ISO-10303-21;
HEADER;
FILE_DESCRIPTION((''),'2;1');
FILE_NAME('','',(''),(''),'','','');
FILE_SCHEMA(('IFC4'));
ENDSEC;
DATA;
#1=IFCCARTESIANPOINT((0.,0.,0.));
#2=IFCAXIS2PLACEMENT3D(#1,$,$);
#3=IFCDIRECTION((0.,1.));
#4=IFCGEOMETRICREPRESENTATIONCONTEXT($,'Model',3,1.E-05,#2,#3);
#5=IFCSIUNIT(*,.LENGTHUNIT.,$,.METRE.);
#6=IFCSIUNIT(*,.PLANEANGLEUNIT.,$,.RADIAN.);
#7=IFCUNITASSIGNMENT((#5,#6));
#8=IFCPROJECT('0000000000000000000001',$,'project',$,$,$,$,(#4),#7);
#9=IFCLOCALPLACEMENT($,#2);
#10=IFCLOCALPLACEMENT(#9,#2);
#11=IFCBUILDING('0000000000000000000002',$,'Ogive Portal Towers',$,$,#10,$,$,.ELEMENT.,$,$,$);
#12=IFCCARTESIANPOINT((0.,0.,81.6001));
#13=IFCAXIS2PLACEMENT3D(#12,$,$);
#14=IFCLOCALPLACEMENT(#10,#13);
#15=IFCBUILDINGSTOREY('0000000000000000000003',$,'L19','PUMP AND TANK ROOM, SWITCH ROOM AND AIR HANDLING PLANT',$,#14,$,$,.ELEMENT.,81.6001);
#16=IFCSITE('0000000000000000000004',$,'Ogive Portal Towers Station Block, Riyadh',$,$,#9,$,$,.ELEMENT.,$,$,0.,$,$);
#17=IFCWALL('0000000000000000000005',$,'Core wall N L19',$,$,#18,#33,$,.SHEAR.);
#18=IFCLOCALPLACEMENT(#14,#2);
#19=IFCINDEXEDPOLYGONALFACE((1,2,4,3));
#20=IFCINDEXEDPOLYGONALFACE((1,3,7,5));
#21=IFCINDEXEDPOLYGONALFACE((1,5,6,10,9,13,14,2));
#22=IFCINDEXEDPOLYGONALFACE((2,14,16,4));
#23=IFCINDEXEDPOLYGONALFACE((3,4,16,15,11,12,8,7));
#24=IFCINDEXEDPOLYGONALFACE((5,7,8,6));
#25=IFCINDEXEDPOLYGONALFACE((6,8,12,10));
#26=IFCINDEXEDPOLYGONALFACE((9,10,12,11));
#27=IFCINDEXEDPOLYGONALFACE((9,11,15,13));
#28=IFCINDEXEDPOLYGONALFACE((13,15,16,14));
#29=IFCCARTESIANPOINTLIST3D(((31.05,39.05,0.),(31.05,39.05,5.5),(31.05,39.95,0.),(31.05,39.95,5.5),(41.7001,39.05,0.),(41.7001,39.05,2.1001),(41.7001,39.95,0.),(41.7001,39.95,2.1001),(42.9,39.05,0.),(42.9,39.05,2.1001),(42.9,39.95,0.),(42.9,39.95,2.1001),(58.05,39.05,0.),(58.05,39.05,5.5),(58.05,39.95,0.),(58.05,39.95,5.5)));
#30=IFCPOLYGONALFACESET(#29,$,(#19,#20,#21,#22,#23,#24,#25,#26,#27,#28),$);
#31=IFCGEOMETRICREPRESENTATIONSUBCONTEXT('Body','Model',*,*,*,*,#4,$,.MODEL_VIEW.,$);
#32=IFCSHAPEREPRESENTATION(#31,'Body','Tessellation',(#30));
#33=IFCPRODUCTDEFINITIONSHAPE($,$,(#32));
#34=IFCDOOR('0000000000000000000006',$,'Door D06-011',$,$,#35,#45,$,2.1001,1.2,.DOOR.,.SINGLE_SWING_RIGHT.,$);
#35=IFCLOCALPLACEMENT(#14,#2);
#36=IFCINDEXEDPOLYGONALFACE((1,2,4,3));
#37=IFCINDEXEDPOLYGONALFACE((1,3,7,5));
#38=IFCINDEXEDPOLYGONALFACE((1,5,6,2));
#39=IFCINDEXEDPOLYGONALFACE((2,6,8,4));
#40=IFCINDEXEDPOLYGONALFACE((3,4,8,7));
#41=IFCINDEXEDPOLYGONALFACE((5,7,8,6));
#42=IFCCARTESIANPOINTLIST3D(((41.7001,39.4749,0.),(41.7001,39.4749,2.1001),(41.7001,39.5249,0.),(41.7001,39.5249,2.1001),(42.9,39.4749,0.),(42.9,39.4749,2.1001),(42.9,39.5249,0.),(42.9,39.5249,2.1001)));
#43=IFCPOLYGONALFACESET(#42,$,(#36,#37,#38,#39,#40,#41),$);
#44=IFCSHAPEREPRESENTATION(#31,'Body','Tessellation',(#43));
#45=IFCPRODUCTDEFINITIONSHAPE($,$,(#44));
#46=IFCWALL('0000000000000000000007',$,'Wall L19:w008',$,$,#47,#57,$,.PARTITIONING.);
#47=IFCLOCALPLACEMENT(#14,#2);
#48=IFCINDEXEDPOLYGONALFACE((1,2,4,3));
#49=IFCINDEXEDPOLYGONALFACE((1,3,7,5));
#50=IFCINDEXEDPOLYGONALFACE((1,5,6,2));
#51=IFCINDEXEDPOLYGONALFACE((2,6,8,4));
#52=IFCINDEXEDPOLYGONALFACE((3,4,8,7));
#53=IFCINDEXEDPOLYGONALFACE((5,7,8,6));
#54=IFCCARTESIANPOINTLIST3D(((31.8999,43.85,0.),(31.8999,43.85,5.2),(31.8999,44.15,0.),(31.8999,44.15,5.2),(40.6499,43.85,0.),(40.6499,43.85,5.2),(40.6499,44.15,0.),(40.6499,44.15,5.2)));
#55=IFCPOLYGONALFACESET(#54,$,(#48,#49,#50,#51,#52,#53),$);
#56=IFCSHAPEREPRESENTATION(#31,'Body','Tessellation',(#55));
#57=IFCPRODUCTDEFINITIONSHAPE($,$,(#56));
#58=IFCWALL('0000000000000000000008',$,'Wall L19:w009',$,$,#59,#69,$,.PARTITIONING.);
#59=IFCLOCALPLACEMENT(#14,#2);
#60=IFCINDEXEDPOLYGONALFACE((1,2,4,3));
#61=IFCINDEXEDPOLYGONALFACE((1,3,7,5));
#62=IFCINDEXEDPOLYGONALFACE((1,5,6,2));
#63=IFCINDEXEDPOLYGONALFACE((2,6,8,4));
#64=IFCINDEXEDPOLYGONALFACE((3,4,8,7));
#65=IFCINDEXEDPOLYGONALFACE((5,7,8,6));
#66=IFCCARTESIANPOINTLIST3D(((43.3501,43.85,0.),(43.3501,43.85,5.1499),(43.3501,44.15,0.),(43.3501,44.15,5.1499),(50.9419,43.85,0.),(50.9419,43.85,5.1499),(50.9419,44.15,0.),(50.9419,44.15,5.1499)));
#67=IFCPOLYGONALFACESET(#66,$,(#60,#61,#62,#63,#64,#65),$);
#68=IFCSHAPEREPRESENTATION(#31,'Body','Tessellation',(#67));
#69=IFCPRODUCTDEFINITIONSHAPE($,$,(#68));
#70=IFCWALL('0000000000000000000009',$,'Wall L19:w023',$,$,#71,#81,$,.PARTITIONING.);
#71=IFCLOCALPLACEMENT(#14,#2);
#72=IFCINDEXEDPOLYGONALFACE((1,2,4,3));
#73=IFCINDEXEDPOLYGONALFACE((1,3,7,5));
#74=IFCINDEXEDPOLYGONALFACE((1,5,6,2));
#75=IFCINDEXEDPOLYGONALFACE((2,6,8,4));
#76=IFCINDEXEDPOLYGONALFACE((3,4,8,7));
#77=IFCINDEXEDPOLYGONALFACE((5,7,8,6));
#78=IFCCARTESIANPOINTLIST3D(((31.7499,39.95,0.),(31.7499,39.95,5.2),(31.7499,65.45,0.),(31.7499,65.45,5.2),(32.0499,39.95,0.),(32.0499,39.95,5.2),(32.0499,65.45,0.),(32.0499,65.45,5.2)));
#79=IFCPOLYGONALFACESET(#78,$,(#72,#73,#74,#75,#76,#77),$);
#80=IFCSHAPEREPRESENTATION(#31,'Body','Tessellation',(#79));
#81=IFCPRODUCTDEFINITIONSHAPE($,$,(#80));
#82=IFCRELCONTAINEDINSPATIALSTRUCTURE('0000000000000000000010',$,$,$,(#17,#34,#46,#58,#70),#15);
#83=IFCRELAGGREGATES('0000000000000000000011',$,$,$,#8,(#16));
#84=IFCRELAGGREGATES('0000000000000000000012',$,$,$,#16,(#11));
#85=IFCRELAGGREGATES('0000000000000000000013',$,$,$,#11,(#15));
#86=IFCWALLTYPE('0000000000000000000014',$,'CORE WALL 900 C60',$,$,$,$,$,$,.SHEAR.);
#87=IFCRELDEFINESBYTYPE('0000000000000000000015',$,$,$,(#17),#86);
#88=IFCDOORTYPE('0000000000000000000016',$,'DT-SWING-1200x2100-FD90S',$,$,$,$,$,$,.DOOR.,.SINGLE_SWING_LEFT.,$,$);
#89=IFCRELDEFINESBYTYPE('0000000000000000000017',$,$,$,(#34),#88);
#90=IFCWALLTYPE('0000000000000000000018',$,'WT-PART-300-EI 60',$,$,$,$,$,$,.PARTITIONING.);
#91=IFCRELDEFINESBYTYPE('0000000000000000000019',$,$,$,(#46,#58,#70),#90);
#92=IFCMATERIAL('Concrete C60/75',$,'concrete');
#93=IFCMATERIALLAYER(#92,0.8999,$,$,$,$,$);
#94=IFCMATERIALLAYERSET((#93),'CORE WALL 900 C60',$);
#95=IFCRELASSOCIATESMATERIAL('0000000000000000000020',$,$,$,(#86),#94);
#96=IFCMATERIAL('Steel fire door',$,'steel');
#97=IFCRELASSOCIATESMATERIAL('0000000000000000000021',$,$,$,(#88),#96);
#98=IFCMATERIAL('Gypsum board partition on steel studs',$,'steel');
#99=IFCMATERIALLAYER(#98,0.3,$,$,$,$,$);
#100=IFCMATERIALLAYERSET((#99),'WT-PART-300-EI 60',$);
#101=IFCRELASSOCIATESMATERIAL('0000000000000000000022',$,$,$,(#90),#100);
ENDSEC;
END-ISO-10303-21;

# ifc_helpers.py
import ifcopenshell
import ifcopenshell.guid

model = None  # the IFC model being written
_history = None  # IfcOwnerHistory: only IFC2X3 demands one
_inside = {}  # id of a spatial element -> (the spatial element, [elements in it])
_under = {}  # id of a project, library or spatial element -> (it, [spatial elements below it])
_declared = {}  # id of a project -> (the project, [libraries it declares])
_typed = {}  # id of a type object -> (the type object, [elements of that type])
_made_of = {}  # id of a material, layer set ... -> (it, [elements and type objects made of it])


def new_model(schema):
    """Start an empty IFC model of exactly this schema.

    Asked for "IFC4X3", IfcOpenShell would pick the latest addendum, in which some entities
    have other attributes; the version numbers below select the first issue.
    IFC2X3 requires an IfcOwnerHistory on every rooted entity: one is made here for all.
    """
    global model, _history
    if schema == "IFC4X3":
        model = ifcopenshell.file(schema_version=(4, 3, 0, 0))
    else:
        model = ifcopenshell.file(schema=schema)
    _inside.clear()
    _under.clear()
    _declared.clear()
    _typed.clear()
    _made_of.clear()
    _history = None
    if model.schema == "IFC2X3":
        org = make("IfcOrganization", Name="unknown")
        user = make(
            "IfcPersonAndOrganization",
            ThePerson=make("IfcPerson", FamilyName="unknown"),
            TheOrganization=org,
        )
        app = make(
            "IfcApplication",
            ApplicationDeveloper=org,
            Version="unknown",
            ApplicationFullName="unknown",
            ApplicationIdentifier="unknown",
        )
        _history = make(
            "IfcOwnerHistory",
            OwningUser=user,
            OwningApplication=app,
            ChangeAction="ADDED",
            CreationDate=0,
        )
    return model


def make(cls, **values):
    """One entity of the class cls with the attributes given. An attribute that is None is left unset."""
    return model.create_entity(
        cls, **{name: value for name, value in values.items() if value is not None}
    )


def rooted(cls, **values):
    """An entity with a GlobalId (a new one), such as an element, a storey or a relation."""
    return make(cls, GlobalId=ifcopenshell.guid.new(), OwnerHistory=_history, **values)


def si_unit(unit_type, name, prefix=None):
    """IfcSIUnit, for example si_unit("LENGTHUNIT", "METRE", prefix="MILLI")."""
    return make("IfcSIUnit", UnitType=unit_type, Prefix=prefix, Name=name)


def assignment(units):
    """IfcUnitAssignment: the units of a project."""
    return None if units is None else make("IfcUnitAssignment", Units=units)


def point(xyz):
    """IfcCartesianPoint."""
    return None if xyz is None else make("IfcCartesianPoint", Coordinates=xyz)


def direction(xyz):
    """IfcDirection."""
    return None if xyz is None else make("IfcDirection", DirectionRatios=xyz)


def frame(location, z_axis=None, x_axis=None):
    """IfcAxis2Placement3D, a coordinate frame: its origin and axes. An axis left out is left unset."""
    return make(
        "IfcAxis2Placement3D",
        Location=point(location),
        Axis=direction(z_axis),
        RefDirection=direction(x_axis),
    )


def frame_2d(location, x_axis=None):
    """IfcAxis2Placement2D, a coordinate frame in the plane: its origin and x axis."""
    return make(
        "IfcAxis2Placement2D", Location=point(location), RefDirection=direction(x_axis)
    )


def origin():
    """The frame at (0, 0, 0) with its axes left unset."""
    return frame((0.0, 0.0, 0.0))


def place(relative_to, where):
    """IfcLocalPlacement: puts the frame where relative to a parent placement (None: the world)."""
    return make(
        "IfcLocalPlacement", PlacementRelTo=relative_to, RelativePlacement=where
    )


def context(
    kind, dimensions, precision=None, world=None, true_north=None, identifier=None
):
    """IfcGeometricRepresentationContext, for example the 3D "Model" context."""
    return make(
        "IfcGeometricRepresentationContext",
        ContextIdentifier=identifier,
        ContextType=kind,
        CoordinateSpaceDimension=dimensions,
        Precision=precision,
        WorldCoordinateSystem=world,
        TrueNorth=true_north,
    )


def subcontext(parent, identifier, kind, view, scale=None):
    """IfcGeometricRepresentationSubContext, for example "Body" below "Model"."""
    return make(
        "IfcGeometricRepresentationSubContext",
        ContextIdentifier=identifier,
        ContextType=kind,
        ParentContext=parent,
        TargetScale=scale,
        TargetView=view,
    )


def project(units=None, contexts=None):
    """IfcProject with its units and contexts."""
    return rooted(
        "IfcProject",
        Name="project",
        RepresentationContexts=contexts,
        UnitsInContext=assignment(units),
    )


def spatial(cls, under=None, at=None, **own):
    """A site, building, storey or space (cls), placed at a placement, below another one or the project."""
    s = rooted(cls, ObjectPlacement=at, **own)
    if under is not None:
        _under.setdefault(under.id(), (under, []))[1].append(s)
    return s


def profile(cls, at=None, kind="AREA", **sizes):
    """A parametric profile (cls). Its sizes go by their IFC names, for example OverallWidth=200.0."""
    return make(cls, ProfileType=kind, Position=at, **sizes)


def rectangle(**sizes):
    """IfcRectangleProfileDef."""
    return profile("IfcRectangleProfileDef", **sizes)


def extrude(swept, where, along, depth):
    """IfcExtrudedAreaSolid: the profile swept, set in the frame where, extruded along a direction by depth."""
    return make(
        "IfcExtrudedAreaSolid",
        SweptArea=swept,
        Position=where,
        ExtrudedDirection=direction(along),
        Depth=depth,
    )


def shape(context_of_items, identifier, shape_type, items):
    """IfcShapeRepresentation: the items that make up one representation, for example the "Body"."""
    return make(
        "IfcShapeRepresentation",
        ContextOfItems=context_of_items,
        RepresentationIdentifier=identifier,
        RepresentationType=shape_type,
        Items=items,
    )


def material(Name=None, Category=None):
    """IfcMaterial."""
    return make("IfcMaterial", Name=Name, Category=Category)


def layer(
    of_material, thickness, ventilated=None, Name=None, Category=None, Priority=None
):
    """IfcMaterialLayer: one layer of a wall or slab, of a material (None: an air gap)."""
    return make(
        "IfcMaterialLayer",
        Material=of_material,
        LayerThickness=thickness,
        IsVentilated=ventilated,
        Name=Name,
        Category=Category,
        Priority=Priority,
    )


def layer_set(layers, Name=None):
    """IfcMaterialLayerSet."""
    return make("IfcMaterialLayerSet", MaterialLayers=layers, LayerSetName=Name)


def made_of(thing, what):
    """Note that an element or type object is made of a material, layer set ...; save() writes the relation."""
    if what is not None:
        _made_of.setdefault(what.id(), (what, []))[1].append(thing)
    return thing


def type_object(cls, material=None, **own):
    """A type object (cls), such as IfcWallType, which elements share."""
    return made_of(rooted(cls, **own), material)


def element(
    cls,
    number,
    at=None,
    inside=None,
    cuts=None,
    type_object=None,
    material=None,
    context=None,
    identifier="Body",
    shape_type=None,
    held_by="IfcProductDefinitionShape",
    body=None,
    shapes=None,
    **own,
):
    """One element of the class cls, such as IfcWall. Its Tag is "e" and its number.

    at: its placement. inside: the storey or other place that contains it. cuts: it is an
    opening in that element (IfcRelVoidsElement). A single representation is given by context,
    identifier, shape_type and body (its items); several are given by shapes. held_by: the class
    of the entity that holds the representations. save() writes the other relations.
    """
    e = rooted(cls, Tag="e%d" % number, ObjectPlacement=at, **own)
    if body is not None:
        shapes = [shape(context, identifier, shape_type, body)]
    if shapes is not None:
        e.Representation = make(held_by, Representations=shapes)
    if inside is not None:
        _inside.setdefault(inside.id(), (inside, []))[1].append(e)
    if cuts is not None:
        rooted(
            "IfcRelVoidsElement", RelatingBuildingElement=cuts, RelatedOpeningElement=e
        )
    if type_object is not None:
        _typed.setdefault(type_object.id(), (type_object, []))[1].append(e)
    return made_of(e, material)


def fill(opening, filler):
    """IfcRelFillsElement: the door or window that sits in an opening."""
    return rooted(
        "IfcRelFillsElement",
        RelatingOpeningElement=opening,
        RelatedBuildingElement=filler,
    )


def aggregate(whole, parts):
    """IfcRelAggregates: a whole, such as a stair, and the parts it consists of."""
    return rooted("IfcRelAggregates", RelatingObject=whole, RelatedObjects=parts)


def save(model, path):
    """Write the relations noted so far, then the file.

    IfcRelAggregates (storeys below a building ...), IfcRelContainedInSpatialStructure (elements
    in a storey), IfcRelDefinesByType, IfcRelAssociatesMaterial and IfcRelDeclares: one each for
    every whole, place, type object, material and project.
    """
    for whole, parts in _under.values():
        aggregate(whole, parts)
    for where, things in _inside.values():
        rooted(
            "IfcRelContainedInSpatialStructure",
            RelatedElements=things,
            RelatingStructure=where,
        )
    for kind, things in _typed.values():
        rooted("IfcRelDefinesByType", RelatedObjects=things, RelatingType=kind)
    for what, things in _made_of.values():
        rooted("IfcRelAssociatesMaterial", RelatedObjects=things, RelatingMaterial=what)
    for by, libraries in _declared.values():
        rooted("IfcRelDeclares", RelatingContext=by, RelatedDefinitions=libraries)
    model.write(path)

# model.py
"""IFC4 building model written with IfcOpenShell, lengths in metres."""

from ifc_helpers import new_model, si_unit, direction, frame, frame_2d, origin, place, context, subcontext, project, spatial, rectangle, extrude, material, layer, layer_set, type_object, element, fill, save


model = new_model("IFC4")

# Units and contexts
model_context = context("Model", 3, precision=1e-05, world=origin(), true_north=direction((0.0, 1.0)))
body_context = subcontext(model_context, "Body", "Model", "MODEL_VIEW")
ifc_project = project(units=[si_unit("LENGTHUNIT", "METRE"), si_unit("PLANEANGLEUNIT", "RADIAN")], contexts=[model_context])

# Site, building, storey
site_placement = place(None, origin())
site = spatial("IfcSite", under=ifc_project, at=site_placement, Name="Ogive Portal Towers Station Block, Riyadh", CompositionType="ELEMENT", RefElevation=0.0)
building_placement = place(site_placement, origin())
building = spatial("IfcBuilding", under=site, at=building_placement, Name="Ogive Portal Towers", CompositionType="ELEMENT")
storey_placement = place(building_placement, frame((0.0, 0.0, 81.6001)))
storey = spatial("IfcBuildingStorey", under=building, at=storey_placement, Name="L19", Description="PUMP AND TANK ROOM, SWITCH ROOM AND AIR HANDLING PLANT", CompositionType="ELEMENT", Elevation=81.6001)

# Wall, opening, door
ifc_material_1 = material(Name="Concrete C60/75", Category="concrete")
ifc_layer_1 = layer(ifc_material_1, 0.8999)
ifc_layer_set_1 = layer_set([ifc_layer_1], Name="CORE WALL 900 C60")
wall_type_1 = type_object("IfcWallType", Name="CORE WALL 900 C60", PredefinedType="SHEAR", material=ifc_layer_set_1)
wall_1_placement = place(storey_placement, frame((31.05, 39.5, 0.0), z_axis=(0.0, 0.0, 1.0), x_axis=(1.0, 0.0, 0.0)))
wall_1 = element("IfcWall", 1, at=wall_1_placement, inside=storey, type_object=wall_type_1, Name="Core wall N L19", PredefinedType="SHEAR", context=body_context, shape_type="SweptSolid", body=[
    extrude(rectangle(XDim=27.0, YDim=0.8999, at=frame_2d((13.5, 0.0))), origin(), (0.0, 0.0, 1.0), 5.5),
])
opening_1_placement = place(wall_1_placement, frame((10.6499, 0.0, 0.0)))
opening_1 = element("IfcOpeningElement", 2, at=opening_1_placement, cuts=wall_1, PredefinedType="OPENING", context=body_context, shape_type="SweptSolid", body=[
    extrude(rectangle(XDim=1.2, YDim=2.1001, at=frame_2d((0.6001, 1.05))), frame((0.0, 0.46, 0.0), z_axis=(0.0, -1.0, 0.0), x_axis=(1.0, 0.0, 0.0)), (0.0, 0.0, 1.0), 0.9199),
])
ifc_material_2 = material(Name="Steel fire door", Category="steel")
door_type_1 = type_object("IfcDoorType", Name="DT-SWING-1200x2100-FD90S", OperationType="SINGLE_SWING_LEFT", PredefinedType="DOOR", material=ifc_material_2)
door_1_placement = place(opening_1_placement, origin())
door_1 = element("IfcDoor", 3, at=door_1_placement, inside=storey, type_object=door_type_1, Name="Door D06-011", OperationType="SINGLE_SWING_RIGHT", OverallHeight=2.1001, OverallWidth=1.2, PredefinedType="DOOR", context=body_context, shape_type="SweptSolid", body=[
    extrude(rectangle(XDim=1.2, YDim=2.1001, at=frame_2d((0.6001, 1.05))), frame((0.0, 0.0249, 0.0), z_axis=(0.0, -1.0, 0.0), x_axis=(1.0, 0.0, 0.0)), (0.0, 0.0, 1.0), 0.05),
])
fill(opening_1, door_1)

# Walls
ifc_material_3 = material(Name="Gypsum board partition on steel studs", Category="steel")
ifc_layer_2 = layer(ifc_material_3, 0.3)
ifc_layer_set_2 = layer_set([ifc_layer_2], Name="WT-PART-300-EI 60")
wall_type_2 = type_object("IfcWallType", Name="WT-PART-300-EI 60", PredefinedType="PARTITIONING", material=ifc_layer_set_2)
wall_2_placement = place(storey_placement, frame((31.8999, 44.0, 0.0), z_axis=(0.0, 0.0, 1.0), x_axis=(1.0, 0.0, 0.0)))
element("IfcWall", 4, at=wall_2_placement, inside=storey, type_object=wall_type_2, Name="Wall L19:w008", PredefinedType="PARTITIONING", context=body_context, shape_type="SweptSolid", body=[
    extrude(rectangle(XDim=8.75, YDim=0.3, at=frame_2d((4.375, 0.0))), origin(), (0.0, 0.0, 1.0), 5.2),
])
wall_3_placement = place(storey_placement, frame((43.3501, 44.0, 0.0), z_axis=(0.0, 0.0, 1.0), x_axis=(1.0, 0.0, 0.0)))
element("IfcWall", 5, at=wall_3_placement, inside=storey, type_object=wall_type_2, Name="Wall L19:w009", PredefinedType="PARTITIONING", context=body_context, shape_type="SweptSolid", body=[
    extrude(rectangle(XDim=7.5918, YDim=0.3, at=frame_2d((3.7959, 0.0))), origin(), (0.0, 0.0, 1.0), 5.1499),
])
wall_4_placement = place(storey_placement, frame((31.8999, 39.95, 0.0), z_axis=(0.0, 0.0, 1.0), x_axis=(0.0, 1.0, 0.0)))
element("IfcWall", 6, at=wall_4_placement, inside=storey, type_object=wall_type_2, Name="Wall L19:w023", PredefinedType="PARTITIONING", context=body_context, shape_type="SweptSolid", body=[
    extrude(rectangle(XDim=25.5, YDim=0.3, at=frame_2d((12.75, 0.0))), origin(), (0.0, 0.0, 1.0), 5.2),
])

save(model, "model.ifc")
